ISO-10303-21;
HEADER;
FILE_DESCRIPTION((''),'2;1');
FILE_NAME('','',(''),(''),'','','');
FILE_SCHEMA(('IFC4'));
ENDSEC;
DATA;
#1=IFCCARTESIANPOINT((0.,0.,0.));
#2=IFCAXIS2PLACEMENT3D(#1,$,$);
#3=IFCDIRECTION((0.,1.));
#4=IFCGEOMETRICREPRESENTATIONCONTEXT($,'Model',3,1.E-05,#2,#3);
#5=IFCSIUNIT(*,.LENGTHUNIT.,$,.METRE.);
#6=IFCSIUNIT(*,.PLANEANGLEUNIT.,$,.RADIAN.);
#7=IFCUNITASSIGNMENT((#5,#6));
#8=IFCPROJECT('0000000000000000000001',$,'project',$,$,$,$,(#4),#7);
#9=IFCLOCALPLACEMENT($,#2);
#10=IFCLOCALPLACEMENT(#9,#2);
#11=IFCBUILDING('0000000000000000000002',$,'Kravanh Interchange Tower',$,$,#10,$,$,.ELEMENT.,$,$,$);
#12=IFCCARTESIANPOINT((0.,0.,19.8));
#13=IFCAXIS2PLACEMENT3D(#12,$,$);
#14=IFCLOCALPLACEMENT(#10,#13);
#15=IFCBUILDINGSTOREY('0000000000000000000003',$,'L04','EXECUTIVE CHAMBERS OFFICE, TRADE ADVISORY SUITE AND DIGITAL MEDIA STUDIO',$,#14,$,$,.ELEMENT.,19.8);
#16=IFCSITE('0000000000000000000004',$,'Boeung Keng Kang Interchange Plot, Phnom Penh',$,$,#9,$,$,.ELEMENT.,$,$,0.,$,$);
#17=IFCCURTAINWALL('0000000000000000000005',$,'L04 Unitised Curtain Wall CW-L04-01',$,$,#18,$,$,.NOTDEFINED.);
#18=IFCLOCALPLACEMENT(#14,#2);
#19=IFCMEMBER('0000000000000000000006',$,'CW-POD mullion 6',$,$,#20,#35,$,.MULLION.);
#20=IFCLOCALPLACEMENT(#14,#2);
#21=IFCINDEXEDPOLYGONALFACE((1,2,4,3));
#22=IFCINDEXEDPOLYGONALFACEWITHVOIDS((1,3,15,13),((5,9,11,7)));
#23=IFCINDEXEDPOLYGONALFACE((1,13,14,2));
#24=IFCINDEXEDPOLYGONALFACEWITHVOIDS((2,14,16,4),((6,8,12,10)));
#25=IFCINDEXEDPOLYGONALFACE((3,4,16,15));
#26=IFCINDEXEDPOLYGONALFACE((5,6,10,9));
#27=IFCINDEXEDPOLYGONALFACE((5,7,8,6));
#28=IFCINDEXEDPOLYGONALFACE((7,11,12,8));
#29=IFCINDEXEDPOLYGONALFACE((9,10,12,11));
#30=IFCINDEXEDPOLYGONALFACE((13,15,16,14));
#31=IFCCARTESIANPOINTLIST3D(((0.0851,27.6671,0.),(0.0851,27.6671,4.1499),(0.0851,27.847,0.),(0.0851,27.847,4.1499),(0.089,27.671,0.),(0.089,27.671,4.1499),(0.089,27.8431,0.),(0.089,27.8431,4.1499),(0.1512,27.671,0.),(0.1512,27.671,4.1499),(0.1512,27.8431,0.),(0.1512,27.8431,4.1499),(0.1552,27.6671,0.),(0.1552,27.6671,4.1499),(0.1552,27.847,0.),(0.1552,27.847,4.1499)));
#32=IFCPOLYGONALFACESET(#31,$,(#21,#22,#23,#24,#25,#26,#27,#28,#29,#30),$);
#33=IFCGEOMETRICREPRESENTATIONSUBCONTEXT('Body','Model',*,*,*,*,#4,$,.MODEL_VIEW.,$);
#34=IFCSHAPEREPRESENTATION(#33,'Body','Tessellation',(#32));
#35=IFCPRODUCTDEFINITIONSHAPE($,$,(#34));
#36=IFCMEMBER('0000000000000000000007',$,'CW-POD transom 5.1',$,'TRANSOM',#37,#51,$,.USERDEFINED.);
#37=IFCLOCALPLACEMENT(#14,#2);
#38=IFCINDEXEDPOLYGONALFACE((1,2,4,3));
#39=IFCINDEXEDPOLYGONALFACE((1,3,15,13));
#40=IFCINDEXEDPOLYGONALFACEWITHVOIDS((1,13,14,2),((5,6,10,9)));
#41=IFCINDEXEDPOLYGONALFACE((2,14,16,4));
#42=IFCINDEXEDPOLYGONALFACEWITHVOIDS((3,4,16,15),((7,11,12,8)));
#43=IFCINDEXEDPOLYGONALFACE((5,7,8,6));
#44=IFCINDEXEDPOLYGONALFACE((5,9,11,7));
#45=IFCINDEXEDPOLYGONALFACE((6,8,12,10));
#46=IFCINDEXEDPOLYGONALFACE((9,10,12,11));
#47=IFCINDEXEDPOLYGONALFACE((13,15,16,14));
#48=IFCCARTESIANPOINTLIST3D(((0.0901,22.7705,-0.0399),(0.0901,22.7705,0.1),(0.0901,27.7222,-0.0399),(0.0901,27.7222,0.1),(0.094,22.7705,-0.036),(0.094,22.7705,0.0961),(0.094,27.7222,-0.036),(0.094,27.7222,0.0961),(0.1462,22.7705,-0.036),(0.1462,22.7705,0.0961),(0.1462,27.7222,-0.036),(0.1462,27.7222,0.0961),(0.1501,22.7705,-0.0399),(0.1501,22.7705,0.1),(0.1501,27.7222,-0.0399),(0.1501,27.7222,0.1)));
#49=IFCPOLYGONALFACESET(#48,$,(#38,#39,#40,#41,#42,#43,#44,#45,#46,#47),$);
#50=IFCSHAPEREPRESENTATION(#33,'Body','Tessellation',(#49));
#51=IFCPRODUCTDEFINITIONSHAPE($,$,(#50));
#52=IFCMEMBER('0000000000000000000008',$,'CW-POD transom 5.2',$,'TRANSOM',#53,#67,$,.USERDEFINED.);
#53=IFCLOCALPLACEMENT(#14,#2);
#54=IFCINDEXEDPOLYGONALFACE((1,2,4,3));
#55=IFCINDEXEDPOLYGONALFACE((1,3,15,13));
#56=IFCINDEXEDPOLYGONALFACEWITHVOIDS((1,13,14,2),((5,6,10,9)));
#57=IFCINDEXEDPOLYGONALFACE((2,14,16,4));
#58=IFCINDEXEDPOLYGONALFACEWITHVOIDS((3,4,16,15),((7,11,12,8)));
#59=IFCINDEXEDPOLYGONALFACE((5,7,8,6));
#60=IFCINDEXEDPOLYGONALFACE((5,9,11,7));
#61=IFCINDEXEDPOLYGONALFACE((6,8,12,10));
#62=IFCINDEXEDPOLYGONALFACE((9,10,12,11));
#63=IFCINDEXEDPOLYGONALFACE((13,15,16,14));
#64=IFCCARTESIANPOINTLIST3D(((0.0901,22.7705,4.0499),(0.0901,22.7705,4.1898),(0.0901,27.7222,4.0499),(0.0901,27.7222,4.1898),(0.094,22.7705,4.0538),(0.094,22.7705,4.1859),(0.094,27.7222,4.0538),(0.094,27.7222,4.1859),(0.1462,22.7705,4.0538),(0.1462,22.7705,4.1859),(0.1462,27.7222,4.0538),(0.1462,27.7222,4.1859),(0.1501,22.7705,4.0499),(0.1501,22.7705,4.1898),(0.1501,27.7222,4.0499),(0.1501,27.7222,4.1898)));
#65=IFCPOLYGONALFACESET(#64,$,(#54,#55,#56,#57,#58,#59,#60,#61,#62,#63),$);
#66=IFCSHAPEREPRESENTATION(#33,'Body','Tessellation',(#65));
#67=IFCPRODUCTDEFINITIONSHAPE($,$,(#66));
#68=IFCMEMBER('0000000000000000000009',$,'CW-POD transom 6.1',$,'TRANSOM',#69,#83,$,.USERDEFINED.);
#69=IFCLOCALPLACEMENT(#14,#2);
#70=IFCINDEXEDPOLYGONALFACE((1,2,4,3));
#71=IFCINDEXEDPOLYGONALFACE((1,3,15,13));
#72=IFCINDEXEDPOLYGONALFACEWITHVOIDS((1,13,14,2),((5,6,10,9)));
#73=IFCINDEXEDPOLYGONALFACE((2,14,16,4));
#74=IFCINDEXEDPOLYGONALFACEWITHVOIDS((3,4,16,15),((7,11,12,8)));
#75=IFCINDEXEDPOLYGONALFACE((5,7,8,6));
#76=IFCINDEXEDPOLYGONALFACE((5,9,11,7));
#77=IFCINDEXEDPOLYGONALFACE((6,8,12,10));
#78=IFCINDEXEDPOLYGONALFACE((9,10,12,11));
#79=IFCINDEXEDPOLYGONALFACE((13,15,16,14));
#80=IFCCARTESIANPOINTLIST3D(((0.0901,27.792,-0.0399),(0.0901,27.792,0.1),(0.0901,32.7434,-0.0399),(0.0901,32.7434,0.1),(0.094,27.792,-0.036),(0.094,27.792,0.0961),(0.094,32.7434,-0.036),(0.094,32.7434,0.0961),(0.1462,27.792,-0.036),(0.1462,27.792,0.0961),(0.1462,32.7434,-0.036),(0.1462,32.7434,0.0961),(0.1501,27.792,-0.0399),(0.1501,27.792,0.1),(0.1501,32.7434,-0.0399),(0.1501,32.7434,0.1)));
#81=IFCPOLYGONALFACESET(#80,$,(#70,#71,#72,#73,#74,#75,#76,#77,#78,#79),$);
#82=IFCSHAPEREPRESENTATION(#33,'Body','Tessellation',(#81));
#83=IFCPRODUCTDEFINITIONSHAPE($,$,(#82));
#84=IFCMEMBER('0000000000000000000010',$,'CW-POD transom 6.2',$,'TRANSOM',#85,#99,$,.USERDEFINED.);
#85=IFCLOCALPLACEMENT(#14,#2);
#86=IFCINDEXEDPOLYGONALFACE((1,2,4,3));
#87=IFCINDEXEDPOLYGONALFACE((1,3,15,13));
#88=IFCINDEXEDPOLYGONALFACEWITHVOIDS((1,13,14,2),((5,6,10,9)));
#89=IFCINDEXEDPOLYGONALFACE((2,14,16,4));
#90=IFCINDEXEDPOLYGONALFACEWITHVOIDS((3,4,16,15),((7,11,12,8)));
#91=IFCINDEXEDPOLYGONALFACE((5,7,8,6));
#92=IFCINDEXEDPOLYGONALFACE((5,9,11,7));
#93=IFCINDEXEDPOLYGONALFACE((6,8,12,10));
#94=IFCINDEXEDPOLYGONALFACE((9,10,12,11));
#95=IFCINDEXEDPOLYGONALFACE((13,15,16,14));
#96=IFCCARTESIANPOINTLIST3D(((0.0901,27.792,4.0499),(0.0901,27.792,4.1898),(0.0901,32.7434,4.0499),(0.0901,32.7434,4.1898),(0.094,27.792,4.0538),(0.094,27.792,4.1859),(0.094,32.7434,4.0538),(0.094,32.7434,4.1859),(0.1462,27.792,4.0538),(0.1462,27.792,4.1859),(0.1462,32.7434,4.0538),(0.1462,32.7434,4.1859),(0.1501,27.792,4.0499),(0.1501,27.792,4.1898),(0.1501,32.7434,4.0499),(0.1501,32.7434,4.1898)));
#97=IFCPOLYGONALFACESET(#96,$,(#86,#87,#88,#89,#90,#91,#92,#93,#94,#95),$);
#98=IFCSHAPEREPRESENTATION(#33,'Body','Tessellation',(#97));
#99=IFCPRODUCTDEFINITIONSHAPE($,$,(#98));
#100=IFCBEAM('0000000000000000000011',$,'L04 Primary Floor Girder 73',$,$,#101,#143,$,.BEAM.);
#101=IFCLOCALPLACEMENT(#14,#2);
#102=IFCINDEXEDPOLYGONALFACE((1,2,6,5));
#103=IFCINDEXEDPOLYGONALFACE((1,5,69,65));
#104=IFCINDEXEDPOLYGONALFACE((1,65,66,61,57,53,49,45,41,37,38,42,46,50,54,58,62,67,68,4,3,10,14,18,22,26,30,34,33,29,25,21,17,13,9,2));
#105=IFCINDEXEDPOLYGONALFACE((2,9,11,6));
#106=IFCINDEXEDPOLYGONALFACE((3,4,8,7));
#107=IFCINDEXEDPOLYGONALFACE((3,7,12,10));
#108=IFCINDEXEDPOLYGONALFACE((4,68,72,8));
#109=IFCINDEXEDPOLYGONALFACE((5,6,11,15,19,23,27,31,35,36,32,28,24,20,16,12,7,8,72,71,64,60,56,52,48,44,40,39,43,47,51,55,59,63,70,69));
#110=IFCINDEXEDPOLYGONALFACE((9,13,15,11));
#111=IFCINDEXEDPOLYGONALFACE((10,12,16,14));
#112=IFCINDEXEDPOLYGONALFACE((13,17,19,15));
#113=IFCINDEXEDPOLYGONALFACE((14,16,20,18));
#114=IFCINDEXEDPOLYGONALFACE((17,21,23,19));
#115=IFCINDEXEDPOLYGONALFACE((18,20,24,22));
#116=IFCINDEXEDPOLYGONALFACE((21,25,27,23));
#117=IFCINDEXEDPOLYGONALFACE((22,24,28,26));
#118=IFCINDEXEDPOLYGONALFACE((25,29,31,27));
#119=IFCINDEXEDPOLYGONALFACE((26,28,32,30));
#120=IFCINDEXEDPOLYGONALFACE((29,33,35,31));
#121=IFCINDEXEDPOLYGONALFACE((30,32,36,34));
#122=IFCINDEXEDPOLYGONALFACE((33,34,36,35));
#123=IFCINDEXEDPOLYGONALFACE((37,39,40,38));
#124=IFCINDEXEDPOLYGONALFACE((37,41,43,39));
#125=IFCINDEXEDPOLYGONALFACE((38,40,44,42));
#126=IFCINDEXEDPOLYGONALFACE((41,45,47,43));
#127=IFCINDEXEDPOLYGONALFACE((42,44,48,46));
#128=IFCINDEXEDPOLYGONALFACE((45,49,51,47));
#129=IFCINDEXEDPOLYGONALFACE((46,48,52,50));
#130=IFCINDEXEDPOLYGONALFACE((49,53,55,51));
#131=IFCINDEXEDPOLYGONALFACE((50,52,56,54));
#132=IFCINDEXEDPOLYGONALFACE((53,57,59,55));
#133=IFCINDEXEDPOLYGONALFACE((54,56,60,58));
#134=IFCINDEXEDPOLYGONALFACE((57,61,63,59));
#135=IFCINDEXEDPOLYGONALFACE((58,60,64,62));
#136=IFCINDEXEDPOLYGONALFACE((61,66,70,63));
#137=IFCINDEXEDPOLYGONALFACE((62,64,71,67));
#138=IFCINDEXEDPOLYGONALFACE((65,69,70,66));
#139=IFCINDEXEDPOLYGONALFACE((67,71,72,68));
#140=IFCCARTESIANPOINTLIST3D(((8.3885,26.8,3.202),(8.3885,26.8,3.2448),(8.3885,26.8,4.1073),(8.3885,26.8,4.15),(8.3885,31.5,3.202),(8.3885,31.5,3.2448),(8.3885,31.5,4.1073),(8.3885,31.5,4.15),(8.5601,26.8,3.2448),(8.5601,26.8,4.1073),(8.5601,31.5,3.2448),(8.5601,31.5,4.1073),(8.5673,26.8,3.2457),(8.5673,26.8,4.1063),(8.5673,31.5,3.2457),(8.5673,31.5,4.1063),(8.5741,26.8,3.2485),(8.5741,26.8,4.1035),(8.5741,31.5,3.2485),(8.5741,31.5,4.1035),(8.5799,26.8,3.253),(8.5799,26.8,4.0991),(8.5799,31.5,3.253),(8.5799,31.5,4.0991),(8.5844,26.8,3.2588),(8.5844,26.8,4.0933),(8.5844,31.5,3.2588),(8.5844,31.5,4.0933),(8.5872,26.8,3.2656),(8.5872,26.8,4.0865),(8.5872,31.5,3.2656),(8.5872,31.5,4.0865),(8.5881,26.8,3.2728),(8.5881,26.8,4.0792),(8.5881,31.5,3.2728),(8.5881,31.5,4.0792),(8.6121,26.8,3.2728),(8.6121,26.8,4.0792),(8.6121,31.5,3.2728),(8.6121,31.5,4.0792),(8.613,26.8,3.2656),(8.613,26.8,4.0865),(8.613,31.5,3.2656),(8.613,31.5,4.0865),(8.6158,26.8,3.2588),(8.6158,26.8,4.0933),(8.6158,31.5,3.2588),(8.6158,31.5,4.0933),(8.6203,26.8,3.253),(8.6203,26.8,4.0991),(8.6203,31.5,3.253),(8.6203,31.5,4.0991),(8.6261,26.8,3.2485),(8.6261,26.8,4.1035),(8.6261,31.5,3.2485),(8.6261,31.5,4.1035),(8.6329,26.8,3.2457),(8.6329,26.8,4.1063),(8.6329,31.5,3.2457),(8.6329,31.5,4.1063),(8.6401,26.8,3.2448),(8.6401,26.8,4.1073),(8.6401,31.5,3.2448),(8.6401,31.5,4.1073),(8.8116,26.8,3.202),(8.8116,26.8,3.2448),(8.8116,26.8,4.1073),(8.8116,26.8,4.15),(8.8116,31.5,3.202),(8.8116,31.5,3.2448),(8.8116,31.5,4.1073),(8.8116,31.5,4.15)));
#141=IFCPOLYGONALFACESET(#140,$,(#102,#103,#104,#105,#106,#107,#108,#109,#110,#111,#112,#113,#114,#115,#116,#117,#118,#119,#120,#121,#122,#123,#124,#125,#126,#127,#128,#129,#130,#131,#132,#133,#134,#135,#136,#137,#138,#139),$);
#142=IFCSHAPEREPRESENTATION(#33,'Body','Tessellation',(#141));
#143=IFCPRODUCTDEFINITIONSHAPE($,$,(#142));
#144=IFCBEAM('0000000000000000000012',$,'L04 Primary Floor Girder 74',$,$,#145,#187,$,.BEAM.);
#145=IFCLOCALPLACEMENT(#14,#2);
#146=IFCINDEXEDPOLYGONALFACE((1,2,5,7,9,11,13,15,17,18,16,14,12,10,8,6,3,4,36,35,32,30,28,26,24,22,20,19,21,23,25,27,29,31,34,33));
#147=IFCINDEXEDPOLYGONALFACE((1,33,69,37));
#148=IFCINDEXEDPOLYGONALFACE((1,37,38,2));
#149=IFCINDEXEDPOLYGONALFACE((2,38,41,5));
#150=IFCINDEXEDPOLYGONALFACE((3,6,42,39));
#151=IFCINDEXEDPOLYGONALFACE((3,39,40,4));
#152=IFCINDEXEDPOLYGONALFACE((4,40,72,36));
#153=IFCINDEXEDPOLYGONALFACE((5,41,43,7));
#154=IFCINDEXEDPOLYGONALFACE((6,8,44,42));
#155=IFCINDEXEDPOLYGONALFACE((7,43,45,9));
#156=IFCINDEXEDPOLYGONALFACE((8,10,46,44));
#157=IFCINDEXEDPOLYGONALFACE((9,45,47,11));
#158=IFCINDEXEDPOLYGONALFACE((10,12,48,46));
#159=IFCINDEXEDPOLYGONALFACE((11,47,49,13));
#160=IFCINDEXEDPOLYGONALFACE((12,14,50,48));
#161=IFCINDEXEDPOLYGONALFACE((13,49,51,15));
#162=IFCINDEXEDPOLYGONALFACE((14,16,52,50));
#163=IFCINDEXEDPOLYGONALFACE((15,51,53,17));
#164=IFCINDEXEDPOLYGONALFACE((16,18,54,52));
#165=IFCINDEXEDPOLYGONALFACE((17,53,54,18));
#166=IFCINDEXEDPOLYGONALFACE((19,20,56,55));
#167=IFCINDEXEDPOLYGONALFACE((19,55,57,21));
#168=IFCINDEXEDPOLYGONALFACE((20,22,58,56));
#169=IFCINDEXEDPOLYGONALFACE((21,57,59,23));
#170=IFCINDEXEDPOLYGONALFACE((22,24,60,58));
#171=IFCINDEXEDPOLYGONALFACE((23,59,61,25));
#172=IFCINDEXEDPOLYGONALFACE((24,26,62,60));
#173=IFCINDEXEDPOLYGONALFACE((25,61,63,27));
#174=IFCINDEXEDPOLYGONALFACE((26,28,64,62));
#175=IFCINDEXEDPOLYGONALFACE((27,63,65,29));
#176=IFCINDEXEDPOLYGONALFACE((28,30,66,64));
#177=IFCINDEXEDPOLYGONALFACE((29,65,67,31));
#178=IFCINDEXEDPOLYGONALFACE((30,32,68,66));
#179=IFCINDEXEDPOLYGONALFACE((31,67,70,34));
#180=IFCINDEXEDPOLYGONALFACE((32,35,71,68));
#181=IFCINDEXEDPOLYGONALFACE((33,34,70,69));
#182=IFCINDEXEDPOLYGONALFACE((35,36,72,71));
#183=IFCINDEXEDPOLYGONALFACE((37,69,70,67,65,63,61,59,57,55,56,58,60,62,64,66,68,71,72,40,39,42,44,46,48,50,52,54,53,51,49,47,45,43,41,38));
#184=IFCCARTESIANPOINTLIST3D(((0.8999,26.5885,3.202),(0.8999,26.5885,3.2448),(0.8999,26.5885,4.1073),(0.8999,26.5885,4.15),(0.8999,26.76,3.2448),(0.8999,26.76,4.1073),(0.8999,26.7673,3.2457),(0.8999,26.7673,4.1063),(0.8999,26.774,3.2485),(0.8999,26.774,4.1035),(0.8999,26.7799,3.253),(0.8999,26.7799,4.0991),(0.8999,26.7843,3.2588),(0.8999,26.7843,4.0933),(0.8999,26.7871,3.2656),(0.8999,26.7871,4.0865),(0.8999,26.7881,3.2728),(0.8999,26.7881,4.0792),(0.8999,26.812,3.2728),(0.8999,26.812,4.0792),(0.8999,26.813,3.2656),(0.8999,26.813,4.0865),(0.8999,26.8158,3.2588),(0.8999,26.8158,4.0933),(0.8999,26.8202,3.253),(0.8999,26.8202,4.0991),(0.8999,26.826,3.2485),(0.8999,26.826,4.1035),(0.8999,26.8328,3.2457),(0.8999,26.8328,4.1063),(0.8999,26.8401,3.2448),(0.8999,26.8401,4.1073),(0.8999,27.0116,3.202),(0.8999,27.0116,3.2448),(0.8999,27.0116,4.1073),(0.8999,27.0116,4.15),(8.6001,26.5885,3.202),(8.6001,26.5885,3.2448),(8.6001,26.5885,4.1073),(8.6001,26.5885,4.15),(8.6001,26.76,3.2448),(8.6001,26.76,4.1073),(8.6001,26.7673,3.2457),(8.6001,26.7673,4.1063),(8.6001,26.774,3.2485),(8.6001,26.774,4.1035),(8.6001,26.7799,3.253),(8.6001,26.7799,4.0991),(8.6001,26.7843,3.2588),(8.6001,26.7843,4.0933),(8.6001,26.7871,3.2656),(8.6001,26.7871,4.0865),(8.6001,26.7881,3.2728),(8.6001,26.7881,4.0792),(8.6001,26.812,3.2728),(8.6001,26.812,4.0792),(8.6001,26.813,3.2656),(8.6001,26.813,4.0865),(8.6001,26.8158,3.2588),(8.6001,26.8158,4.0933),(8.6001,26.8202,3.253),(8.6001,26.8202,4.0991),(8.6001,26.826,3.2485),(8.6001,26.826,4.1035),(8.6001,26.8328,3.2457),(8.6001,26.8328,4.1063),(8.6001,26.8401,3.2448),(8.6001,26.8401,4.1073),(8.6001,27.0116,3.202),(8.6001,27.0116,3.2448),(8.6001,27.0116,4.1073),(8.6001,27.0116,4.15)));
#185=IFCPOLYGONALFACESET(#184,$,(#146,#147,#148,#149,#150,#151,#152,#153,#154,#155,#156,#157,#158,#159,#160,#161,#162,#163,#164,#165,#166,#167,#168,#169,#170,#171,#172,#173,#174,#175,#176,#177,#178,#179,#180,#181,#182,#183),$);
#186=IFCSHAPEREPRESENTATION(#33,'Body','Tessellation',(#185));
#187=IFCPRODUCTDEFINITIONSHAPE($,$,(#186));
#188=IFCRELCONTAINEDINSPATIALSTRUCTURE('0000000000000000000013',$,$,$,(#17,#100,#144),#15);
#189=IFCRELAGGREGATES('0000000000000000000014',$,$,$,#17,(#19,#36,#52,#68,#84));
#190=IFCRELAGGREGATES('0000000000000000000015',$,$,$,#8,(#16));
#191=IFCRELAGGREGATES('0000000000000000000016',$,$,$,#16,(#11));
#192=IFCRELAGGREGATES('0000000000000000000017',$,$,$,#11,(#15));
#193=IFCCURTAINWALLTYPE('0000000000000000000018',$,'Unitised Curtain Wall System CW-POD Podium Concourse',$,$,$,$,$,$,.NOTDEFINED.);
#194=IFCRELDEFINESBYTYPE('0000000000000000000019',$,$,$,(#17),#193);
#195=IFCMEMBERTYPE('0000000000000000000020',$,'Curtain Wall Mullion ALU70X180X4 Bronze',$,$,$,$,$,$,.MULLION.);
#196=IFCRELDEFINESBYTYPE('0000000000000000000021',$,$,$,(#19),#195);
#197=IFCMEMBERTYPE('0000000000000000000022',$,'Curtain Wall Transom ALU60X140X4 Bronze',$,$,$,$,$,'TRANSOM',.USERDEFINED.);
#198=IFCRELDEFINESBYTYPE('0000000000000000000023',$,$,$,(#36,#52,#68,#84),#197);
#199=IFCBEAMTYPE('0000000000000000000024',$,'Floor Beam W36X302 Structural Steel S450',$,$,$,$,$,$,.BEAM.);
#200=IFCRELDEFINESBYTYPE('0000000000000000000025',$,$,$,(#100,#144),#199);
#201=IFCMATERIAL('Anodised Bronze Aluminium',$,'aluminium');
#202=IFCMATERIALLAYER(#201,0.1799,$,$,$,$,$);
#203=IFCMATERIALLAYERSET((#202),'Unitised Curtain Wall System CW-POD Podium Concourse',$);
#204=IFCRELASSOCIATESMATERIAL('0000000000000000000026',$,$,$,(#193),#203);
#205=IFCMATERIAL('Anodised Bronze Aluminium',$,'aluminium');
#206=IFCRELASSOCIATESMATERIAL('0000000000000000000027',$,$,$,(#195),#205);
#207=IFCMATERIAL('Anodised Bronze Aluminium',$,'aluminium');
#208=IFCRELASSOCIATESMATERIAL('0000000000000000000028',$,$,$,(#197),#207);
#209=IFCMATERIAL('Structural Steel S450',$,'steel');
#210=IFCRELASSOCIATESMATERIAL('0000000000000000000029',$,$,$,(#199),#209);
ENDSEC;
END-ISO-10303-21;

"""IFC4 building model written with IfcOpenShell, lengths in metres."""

from ifc_helpers import new_model, si_unit, direction, frame, origin, origin_2d, place, context, subcontext, project, spatial, hollow_rectangle, i_section, extrude, material, layer, layer_set, material_profile, profile_set, type_object, element, aggregate, save


model = new_model("IFC4")

# Units and contexts
model_context = context("Model", 3, precision=1e-05, world=origin(), true_north=direction((0.0, 1.0)))
body_context = subcontext(model_context, "Body", "Model", "MODEL_VIEW")
ifc_project = project(units=[si_unit("LENGTHUNIT", "METRE"), si_unit("PLANEANGLEUNIT", "RADIAN")], contexts=[model_context])

# Site, building, storey
site_placement = place(None, origin())
site = spatial("IfcSite", under=ifc_project, at=site_placement, Name="Boeung Keng Kang Interchange Plot, Phnom Penh", CompositionType="ELEMENT", RefElevation=0.0)
building_placement = place(site_placement, origin())
building = spatial("IfcBuilding", under=site, at=building_placement, Name="Kravanh Interchange Tower", CompositionType="ELEMENT")
storey_placement = place(building_placement, frame((0.0, 0.0, 19.8)))
storey = spatial("IfcBuildingStorey", under=building, at=storey_placement, Name="L04", Description="EXECUTIVE CHAMBERS OFFICE, TRADE ADVISORY SUITE AND DIGITAL MEDIA STUDIO", CompositionType="ELEMENT", Elevation=19.8)

# Curtain wall, members
ifc_material_1 = material(Name="Anodised Bronze Aluminium", Category="aluminium")
ifc_layer_1 = layer(ifc_material_1, 0.1799)
ifc_layer_set_1 = layer_set([ifc_layer_1], Name="Unitised Curtain Wall System CW-POD Podium Concourse")
curtain_wall_type = type_object("IfcCurtainWallType", Name="Unitised Curtain Wall System CW-POD Podium Concourse", PredefinedType="NOTDEFINED", material=ifc_layer_set_1)
curtain_wall_placement = place(storey_placement, origin())
curtain_wall = element("IfcCurtainWall", 1, at=curtain_wall_placement, inside=storey, type_object=curtain_wall_type, Name="L04 Unitised Curtain Wall CW-L04-01", PredefinedType="NOTDEFINED")
ifc_material_2 = material(Name="Anodised Bronze Aluminium", Category="aluminium")
ifc_material_profile_1 = material_profile(ifc_material_2, hollow_rectangle(XDim=0.0701, YDim=0.1799, WallThickness=0.0039, at=origin_2d()), Name="ALU70X180X4")
ifc_profile_set_1 = profile_set([ifc_material_profile_1], Name="Anodised Bronze Aluminium")
member_type_1 = type_object("IfcMemberType", Name="Curtain Wall Mullion ALU70X180X4 Bronze", PredefinedType="MULLION", material=ifc_profile_set_1)
member_1_placement = place(storey_placement, frame((0.1201, 27.7571, 0.0), z_axis=(0.0, 0.0, 1.0), x_axis=(-1.0, 0.0, 0.0)))
member_1 = element("IfcMember", 2, at=member_1_placement, type_object=member_type_1, Name="CW-POD mullion 6", PredefinedType="MULLION", context=body_context, shape_type="SweptSolid", body=[
    extrude(hollow_rectangle(XDim=0.0701, YDim=0.1799, WallThickness=0.0039, at=origin_2d()), origin(), (0.0, 0.0, 1.0), 4.1499),
])
ifc_material_3 = material(Name="Anodised Bronze Aluminium", Category="aluminium")
ifc_material_profile_2 = material_profile(ifc_material_3, hollow_rectangle(XDim=0.0601, YDim=0.1399, WallThickness=0.0039, at=origin_2d()), Name="ALU60X140X4")
ifc_profile_set_2 = profile_set([ifc_material_profile_2], Name="Anodised Bronze Aluminium")
member_type_2 = type_object("IfcMemberType", Name="Curtain Wall Transom ALU60X140X4 Bronze", ElementType="TRANSOM", PredefinedType="USERDEFINED", material=ifc_profile_set_2)
member_2_placement = place(storey_placement, frame((0.1201, 22.7705, 0.03), z_axis=(0.0, 1.0, 0.0), x_axis=(-1.0, 0.0, 0.0)))
member_2 = element("IfcMember", 3, at=member_2_placement, type_object=member_type_2, Name="CW-POD transom 5.1", ObjectType="TRANSOM", PredefinedType="USERDEFINED", context=body_context, shape_type="SweptSolid", body=[
    extrude(hollow_rectangle(XDim=0.0601, YDim=0.1399, WallThickness=0.0039, at=origin_2d()), origin(), (0.0, 0.0, 1.0), 4.9517),
])
member_3_placement = place(storey_placement, frame((0.1201, 22.7705, 4.1199), z_axis=(0.0, 1.0, 0.0), x_axis=(-1.0, 0.0, 0.0)))
member_3 = element("IfcMember", 4, at=member_3_placement, type_object=member_type_2, Name="CW-POD transom 5.2", ObjectType="TRANSOM", PredefinedType="USERDEFINED", context=body_context, shape_type="SweptSolid", body=[
    extrude(hollow_rectangle(XDim=0.0601, YDim=0.1399, WallThickness=0.0039, at=origin_2d()), origin(), (0.0, 0.0, 1.0), 4.9517),
])
member_4_placement = place(storey_placement, frame((0.1201, 27.792, 0.03), z_axis=(0.0, 1.0, 0.0), x_axis=(-1.0, 0.0, 0.0)))
member_4 = element("IfcMember", 5, at=member_4_placement, type_object=member_type_2, Name="CW-POD transom 6.1", ObjectType="TRANSOM", PredefinedType="USERDEFINED", context=body_context, shape_type="SweptSolid", body=[
    extrude(hollow_rectangle(XDim=0.0601, YDim=0.1399, WallThickness=0.0039, at=origin_2d()), origin(), (0.0, 0.0, 1.0), 4.9514),
])
member_5_placement = place(storey_placement, frame((0.1201, 27.792, 4.1199), z_axis=(0.0, 1.0, 0.0), x_axis=(-1.0, 0.0, 0.0)))
member_5 = element("IfcMember", 6, at=member_5_placement, type_object=member_type_2, Name="CW-POD transom 6.2", ObjectType="TRANSOM", PredefinedType="USERDEFINED", context=body_context, shape_type="SweptSolid", body=[
    extrude(hollow_rectangle(XDim=0.0601, YDim=0.1399, WallThickness=0.0039, at=origin_2d()), origin(), (0.0, 0.0, 1.0), 4.9514),
])

# Beams
ifc_material_4 = material(Name="Structural Steel S450", Category="steel")
ifc_material_profile_3 = material_profile(ifc_material_4, i_section(OverallWidth=0.4231, OverallDepth=0.948, WebThickness=0.0239, FlangeThickness=0.0427, FilletRadius=0.0281, at=origin_2d()), Name="W36X302")
ifc_profile_set_3 = profile_set([ifc_material_profile_3], Name="Structural Steel S450")
beam_type_1 = type_object("IfcBeamType", Name="Floor Beam W36X302 Structural Steel S450", PredefinedType="BEAM", material=ifc_profile_set_3)
beam_1_placement = place(storey_placement, frame((8.6001, 26.8, 3.676), z_axis=(0.0, 1.0, 0.0), x_axis=(-1.0, 0.0, 0.0)))
element("IfcBeam", 7, at=beam_1_placement, inside=storey, type_object=beam_type_1, Name="L04 Primary Floor Girder 73", PredefinedType="BEAM", context=body_context, shape_type="SweptSolid", body=[
    extrude(i_section(OverallWidth=0.4231, OverallDepth=0.948, WebThickness=0.0239, FlangeThickness=0.0427, FilletRadius=0.0281, at=origin_2d()), origin(), (0.0, 0.0, 1.0), 4.7),
])
beam_2_placement = place(storey_placement, frame((8.6001, 26.8, 3.676), z_axis=(-1.0, 0.0, 0.0), x_axis=(0.0, -1.0, 0.0)))
element("IfcBeam", 8, at=beam_2_placement, inside=storey, type_object=beam_type_1, Name="L04 Primary Floor Girder 74", PredefinedType="BEAM", context=body_context, shape_type="SweptSolid", body=[
    extrude(i_section(OverallWidth=0.4231, OverallDepth=0.948, WebThickness=0.0239, FlangeThickness=0.0427, FilletRadius=0.0281, at=origin_2d()), origin(), (0.0, 0.0, 1.0), 7.7002),
])

aggregate(curtain_wall, [member_1, member_2, member_3, member_4, member_5])

save(model, "model.ifc")
